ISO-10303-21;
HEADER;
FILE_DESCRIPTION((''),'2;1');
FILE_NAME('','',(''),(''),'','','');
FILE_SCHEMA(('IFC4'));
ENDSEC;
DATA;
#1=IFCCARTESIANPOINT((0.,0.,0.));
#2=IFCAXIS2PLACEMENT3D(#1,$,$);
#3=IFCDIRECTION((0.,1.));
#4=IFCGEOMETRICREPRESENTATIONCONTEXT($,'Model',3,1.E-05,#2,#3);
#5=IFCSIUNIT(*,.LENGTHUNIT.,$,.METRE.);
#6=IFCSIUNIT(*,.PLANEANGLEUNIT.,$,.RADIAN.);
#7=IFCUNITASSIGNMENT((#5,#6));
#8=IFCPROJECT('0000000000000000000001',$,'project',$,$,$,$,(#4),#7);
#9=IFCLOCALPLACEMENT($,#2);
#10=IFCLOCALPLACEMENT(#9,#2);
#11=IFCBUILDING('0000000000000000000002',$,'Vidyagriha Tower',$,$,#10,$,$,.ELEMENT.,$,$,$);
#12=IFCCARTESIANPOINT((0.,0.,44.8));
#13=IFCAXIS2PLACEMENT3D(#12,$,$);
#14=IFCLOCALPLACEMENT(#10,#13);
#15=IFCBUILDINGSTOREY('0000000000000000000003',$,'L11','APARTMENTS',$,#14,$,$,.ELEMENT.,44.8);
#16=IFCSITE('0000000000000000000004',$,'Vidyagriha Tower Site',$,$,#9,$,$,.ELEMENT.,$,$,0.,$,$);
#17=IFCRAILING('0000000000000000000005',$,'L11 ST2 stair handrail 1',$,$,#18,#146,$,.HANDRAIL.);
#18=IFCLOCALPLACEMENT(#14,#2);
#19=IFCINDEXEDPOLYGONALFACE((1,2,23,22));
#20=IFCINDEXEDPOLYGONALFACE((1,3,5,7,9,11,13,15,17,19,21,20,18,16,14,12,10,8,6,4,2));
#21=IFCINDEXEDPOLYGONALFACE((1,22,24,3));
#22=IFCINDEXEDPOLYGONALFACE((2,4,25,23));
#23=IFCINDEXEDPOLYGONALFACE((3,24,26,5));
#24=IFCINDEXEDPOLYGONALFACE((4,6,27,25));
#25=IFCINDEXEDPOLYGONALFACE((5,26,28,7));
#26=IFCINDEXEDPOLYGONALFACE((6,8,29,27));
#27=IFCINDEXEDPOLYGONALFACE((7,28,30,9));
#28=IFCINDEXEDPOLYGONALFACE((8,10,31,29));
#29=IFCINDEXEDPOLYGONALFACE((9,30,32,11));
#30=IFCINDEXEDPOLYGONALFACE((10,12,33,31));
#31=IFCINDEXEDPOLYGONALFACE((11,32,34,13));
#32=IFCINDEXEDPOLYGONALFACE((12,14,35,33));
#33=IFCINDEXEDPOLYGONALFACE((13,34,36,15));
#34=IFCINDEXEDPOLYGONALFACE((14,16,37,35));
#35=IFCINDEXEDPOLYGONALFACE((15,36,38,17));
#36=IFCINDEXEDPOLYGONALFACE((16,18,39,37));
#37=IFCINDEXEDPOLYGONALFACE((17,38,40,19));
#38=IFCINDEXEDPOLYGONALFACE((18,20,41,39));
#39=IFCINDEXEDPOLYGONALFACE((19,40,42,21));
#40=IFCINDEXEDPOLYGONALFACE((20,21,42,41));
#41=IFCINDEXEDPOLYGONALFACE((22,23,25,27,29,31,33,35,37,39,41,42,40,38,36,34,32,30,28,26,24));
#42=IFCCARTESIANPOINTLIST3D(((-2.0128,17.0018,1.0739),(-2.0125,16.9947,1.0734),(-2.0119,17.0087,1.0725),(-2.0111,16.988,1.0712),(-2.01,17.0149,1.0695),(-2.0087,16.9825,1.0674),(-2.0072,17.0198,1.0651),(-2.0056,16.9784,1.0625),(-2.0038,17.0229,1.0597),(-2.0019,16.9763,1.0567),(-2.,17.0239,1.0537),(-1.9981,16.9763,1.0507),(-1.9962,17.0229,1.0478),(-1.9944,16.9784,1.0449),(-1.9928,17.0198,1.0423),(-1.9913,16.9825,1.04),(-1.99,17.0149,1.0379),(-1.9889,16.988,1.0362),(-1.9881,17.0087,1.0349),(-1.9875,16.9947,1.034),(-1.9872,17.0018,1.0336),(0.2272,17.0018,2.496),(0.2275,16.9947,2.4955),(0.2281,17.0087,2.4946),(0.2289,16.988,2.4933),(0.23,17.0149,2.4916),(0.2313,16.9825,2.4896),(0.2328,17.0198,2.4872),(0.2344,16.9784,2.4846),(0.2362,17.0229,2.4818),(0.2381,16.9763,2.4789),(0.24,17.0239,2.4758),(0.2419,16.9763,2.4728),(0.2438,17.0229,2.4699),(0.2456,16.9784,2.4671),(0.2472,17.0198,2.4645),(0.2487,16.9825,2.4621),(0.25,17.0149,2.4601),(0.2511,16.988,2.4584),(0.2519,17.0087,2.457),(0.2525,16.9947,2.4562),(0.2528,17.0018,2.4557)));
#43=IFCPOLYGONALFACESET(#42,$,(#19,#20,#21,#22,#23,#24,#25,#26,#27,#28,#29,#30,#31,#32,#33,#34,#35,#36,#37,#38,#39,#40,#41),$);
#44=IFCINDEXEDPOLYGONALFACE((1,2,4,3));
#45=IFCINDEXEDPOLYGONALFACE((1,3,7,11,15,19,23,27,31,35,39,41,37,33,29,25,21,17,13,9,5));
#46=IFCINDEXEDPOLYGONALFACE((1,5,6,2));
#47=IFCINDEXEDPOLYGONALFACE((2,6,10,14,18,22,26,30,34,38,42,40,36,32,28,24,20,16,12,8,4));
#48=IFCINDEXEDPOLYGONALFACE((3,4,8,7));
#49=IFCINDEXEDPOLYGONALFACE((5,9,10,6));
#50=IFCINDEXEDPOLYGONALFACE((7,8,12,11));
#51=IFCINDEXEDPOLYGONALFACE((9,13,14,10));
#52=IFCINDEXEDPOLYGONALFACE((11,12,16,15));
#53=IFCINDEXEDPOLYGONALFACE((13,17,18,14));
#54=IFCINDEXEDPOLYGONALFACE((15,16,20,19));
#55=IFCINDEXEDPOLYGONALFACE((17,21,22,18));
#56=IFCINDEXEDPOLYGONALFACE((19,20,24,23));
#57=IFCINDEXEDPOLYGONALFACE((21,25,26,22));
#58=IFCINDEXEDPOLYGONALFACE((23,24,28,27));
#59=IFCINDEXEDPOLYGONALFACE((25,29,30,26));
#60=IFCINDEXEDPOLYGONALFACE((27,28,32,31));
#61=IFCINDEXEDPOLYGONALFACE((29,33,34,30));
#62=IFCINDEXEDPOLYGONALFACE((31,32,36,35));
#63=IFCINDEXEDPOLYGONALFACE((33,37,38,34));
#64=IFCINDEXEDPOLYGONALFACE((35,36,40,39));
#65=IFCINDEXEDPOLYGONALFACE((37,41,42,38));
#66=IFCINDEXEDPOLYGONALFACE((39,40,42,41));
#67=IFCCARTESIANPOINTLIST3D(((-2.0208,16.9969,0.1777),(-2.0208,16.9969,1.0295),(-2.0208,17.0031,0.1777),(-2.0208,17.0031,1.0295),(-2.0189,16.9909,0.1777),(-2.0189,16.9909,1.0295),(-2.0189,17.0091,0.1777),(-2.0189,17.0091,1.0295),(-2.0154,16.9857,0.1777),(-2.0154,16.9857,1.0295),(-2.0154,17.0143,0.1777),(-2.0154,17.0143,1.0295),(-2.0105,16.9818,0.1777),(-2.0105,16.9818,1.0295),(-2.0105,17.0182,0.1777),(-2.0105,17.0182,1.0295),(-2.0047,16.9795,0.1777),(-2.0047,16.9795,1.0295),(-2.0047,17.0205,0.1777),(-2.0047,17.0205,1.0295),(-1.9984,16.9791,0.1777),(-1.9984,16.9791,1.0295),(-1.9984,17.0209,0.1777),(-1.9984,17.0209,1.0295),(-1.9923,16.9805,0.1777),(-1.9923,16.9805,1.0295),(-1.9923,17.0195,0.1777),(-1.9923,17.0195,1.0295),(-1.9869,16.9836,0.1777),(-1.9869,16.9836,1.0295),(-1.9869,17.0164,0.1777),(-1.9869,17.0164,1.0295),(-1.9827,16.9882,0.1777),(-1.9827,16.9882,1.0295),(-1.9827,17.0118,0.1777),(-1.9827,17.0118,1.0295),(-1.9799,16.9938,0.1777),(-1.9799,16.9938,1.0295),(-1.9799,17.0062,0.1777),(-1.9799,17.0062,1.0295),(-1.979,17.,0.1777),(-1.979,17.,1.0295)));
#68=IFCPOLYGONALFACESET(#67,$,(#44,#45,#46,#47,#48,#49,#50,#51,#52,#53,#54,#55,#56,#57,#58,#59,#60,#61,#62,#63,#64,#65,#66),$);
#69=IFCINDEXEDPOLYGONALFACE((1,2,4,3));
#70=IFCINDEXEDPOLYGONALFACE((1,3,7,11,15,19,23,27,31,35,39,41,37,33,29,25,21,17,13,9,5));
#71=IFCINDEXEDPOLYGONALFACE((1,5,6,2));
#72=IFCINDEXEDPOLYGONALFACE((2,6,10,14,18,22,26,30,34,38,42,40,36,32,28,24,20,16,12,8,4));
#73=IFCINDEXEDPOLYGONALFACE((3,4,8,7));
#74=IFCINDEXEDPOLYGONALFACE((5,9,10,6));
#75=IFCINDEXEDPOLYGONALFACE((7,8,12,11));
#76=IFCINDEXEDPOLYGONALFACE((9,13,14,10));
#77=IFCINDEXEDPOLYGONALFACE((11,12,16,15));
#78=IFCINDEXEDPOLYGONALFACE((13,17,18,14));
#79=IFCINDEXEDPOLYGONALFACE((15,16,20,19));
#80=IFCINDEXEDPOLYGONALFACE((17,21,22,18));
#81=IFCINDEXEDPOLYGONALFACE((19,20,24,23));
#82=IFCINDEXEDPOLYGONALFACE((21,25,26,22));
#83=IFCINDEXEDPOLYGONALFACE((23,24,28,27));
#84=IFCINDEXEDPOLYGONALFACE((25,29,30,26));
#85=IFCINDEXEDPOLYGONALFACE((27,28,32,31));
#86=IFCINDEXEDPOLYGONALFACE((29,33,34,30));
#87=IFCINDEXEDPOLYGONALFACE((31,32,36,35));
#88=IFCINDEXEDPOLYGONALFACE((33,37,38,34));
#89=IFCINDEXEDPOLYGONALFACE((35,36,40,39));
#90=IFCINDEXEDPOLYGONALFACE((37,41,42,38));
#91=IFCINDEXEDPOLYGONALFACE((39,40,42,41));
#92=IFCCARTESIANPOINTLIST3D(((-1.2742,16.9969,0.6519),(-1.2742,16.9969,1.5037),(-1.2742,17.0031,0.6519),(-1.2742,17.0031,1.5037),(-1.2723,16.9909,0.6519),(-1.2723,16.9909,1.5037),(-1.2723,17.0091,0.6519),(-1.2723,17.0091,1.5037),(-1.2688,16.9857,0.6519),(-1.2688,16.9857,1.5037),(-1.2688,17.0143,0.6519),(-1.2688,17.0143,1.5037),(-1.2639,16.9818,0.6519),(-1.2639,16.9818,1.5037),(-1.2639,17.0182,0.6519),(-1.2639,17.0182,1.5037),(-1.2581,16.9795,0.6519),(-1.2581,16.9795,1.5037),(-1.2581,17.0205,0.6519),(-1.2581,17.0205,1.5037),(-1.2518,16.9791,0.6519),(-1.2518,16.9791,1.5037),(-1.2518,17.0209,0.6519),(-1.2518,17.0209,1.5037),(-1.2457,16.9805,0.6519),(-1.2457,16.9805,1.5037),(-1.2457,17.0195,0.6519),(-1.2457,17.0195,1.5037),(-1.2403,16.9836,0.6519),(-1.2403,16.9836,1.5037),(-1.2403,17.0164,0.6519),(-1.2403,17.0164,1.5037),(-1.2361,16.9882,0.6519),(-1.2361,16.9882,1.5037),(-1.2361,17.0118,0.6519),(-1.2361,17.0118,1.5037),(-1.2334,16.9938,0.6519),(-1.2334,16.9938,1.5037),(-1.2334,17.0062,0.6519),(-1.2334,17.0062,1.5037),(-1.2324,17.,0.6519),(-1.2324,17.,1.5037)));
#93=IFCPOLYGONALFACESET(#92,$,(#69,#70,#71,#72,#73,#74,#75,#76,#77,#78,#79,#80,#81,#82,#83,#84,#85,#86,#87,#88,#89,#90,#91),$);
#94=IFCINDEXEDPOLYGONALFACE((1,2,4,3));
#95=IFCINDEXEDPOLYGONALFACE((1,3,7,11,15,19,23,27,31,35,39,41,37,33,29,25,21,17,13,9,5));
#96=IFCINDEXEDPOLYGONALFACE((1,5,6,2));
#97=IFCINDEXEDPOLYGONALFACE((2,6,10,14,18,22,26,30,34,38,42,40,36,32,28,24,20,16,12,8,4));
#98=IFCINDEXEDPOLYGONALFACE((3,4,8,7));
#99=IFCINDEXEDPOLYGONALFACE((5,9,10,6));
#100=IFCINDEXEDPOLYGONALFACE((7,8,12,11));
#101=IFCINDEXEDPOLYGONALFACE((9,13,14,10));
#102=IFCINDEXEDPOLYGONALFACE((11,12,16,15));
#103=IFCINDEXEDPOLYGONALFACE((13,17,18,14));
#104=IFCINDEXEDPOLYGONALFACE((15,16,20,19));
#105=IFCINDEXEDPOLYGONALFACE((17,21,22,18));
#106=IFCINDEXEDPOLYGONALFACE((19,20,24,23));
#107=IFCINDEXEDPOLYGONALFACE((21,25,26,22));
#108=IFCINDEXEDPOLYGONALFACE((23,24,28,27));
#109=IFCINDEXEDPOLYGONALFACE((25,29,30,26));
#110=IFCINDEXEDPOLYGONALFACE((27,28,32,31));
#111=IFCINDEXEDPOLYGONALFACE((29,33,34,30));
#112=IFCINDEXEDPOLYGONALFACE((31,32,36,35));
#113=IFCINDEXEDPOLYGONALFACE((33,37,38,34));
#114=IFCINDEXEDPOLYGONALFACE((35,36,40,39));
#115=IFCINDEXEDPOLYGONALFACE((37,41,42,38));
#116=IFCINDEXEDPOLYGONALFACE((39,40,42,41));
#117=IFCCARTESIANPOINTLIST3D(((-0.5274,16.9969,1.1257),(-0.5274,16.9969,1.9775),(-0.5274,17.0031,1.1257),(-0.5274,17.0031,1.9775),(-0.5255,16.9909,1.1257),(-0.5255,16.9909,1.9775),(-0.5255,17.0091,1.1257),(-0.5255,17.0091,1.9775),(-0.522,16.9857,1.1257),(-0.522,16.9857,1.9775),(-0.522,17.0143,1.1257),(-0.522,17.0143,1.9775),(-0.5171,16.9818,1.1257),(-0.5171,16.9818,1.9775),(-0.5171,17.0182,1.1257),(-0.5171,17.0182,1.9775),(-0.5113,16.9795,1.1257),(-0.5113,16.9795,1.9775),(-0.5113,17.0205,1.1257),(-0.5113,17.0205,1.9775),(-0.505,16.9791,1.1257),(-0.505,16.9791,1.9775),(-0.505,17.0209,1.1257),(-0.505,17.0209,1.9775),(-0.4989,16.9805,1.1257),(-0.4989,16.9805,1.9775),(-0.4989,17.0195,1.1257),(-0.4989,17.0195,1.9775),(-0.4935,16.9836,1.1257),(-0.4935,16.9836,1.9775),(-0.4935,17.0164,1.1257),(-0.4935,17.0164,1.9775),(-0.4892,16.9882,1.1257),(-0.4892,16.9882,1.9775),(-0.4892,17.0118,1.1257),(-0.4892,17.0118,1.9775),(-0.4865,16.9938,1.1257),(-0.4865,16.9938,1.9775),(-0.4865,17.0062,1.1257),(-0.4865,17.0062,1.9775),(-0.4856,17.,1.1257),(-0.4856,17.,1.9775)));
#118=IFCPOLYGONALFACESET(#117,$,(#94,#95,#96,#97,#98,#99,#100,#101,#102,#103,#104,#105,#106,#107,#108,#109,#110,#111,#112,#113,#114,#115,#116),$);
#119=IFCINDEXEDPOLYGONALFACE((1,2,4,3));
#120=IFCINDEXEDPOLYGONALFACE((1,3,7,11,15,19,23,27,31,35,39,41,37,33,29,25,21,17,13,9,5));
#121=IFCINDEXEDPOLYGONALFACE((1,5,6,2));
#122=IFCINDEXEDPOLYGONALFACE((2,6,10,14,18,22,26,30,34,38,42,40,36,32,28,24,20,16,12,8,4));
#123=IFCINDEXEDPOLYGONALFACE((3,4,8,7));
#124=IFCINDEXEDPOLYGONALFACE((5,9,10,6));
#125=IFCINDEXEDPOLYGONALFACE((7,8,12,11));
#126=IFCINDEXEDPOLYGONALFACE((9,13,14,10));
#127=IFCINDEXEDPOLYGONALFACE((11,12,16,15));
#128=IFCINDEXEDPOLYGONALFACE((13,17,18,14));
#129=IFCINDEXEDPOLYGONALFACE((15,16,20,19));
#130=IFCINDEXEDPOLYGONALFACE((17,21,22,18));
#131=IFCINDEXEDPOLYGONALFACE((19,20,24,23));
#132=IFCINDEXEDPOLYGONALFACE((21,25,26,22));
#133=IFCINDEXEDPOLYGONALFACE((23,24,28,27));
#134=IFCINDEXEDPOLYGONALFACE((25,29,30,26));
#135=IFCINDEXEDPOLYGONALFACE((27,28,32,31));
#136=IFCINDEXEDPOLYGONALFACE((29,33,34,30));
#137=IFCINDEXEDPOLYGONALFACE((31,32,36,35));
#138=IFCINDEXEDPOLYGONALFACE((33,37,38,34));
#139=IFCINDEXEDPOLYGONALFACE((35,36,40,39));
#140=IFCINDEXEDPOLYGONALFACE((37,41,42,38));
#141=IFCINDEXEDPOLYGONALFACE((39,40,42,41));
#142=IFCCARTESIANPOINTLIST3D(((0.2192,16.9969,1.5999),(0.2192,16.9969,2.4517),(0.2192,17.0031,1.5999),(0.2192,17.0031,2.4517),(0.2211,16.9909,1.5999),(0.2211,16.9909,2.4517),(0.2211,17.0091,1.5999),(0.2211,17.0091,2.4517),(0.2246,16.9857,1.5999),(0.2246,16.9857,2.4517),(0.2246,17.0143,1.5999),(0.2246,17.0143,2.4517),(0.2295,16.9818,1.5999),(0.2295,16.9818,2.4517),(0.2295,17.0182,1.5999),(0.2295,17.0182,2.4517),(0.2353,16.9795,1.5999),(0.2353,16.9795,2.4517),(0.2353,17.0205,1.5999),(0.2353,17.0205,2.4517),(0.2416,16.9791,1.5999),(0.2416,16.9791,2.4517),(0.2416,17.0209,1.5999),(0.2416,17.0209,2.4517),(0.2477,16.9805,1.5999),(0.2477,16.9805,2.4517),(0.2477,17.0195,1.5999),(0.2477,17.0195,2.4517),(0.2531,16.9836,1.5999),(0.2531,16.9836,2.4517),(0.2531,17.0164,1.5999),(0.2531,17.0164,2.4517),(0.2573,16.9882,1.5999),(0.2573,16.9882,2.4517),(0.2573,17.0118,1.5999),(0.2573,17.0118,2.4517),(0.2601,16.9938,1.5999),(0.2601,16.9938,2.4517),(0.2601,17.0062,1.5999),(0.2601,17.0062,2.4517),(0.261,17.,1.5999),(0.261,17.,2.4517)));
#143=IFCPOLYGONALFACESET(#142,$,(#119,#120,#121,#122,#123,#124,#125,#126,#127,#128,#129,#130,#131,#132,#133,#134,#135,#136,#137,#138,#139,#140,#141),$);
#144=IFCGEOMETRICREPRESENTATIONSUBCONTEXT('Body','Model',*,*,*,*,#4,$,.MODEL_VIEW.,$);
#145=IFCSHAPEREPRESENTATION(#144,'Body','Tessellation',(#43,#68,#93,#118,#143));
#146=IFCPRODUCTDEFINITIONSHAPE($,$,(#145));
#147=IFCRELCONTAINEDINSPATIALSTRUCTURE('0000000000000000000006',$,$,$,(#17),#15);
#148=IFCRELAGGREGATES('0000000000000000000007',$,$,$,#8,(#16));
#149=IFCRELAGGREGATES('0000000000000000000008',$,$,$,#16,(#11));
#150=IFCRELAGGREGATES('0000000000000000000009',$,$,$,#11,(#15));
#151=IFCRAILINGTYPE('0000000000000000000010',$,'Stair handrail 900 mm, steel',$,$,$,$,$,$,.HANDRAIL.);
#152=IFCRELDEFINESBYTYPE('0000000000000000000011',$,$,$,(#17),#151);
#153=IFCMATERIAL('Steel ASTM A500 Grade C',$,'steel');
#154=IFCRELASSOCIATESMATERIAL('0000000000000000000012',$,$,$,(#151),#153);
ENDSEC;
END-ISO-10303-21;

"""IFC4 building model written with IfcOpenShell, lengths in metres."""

from ifc_helpers import new_model, si_unit, direction, frame, origin, origin_2d, place, context, subcontext, project, spatial, circle, extrude, material, type_object, element, save


model = new_model("IFC4")

# Units and contexts
model_context = context("Model", 3, precision=1e-05, world=origin(), true_north=direction((0.0, 1.0)))
body_context = subcontext(model_context, "Body", "Model", "MODEL_VIEW")
ifc_project = project(units=[si_unit("LENGTHUNIT", "METRE"), si_unit("PLANEANGLEUNIT", "RADIAN")], contexts=[model_context])

# Site, building, storey
site_placement = place(None, origin())
site = spatial("IfcSite", under=ifc_project, at=site_placement, Name="Vidyagriha Tower Site", CompositionType="ELEMENT", RefElevation=0.0)
building_placement = place(site_placement, origin())
building = spatial("IfcBuilding", under=site, at=building_placement, Name="Vidyagriha Tower", CompositionType="ELEMENT")
storey_placement = place(building_placement, frame((0.0, 0.0, 44.8)))
storey = spatial("IfcBuildingStorey", under=building, at=storey_placement, Name="L11", Description="APARTMENTS", CompositionType="ELEMENT", Elevation=44.8)

# Railing
ifc_material_1 = material(Name="Steel ASTM A500 Grade C", Category="steel")
railing_type_1 = type_object("IfcRailingType", Name="Stair handrail 900 mm, steel", PredefinedType="HANDRAIL", material=ifc_material_1)
railing_1_placement = place(storey_placement, frame((-2.0, 17.0, 0.1777)))
element("IfcRailing", 1, at=railing_1_placement, inside=storey, type_object=railing_type_1, Name="L11 ST2 stair handrail 1", PredefinedType="HANDRAIL", context=body_context, shape_type="SweptSolid", body=[
    extrude(circle(Radius=0.0239, at=origin_2d()), frame((0.0, 0.0, 0.876), z_axis=(0.844229, 0.0, 0.535982), x_axis=(0.0, 1.0, 0.0)), (0.0, 0.0, 1.0), 2.6533),
    extrude(circle(Radius=0.021, at=origin_2d()), origin(), (0.0, 0.0, 1.0), 0.8518),
    extrude(circle(Radius=0.021, at=origin_2d()), frame((0.7466, 0.0, 0.4741)), (0.0, 0.0, 1.0), 0.8518),
    extrude(circle(Radius=0.021, at=origin_2d()), frame((1.4934, 0.0, 0.948)), (0.0, 0.0, 1.0), 0.8518),
    extrude(circle(Radius=0.021, at=origin_2d()), frame((2.24, 0.0, 1.4221)), (0.0, 0.0, 1.0), 0.8518),
])

save(model, "model.ifc")
